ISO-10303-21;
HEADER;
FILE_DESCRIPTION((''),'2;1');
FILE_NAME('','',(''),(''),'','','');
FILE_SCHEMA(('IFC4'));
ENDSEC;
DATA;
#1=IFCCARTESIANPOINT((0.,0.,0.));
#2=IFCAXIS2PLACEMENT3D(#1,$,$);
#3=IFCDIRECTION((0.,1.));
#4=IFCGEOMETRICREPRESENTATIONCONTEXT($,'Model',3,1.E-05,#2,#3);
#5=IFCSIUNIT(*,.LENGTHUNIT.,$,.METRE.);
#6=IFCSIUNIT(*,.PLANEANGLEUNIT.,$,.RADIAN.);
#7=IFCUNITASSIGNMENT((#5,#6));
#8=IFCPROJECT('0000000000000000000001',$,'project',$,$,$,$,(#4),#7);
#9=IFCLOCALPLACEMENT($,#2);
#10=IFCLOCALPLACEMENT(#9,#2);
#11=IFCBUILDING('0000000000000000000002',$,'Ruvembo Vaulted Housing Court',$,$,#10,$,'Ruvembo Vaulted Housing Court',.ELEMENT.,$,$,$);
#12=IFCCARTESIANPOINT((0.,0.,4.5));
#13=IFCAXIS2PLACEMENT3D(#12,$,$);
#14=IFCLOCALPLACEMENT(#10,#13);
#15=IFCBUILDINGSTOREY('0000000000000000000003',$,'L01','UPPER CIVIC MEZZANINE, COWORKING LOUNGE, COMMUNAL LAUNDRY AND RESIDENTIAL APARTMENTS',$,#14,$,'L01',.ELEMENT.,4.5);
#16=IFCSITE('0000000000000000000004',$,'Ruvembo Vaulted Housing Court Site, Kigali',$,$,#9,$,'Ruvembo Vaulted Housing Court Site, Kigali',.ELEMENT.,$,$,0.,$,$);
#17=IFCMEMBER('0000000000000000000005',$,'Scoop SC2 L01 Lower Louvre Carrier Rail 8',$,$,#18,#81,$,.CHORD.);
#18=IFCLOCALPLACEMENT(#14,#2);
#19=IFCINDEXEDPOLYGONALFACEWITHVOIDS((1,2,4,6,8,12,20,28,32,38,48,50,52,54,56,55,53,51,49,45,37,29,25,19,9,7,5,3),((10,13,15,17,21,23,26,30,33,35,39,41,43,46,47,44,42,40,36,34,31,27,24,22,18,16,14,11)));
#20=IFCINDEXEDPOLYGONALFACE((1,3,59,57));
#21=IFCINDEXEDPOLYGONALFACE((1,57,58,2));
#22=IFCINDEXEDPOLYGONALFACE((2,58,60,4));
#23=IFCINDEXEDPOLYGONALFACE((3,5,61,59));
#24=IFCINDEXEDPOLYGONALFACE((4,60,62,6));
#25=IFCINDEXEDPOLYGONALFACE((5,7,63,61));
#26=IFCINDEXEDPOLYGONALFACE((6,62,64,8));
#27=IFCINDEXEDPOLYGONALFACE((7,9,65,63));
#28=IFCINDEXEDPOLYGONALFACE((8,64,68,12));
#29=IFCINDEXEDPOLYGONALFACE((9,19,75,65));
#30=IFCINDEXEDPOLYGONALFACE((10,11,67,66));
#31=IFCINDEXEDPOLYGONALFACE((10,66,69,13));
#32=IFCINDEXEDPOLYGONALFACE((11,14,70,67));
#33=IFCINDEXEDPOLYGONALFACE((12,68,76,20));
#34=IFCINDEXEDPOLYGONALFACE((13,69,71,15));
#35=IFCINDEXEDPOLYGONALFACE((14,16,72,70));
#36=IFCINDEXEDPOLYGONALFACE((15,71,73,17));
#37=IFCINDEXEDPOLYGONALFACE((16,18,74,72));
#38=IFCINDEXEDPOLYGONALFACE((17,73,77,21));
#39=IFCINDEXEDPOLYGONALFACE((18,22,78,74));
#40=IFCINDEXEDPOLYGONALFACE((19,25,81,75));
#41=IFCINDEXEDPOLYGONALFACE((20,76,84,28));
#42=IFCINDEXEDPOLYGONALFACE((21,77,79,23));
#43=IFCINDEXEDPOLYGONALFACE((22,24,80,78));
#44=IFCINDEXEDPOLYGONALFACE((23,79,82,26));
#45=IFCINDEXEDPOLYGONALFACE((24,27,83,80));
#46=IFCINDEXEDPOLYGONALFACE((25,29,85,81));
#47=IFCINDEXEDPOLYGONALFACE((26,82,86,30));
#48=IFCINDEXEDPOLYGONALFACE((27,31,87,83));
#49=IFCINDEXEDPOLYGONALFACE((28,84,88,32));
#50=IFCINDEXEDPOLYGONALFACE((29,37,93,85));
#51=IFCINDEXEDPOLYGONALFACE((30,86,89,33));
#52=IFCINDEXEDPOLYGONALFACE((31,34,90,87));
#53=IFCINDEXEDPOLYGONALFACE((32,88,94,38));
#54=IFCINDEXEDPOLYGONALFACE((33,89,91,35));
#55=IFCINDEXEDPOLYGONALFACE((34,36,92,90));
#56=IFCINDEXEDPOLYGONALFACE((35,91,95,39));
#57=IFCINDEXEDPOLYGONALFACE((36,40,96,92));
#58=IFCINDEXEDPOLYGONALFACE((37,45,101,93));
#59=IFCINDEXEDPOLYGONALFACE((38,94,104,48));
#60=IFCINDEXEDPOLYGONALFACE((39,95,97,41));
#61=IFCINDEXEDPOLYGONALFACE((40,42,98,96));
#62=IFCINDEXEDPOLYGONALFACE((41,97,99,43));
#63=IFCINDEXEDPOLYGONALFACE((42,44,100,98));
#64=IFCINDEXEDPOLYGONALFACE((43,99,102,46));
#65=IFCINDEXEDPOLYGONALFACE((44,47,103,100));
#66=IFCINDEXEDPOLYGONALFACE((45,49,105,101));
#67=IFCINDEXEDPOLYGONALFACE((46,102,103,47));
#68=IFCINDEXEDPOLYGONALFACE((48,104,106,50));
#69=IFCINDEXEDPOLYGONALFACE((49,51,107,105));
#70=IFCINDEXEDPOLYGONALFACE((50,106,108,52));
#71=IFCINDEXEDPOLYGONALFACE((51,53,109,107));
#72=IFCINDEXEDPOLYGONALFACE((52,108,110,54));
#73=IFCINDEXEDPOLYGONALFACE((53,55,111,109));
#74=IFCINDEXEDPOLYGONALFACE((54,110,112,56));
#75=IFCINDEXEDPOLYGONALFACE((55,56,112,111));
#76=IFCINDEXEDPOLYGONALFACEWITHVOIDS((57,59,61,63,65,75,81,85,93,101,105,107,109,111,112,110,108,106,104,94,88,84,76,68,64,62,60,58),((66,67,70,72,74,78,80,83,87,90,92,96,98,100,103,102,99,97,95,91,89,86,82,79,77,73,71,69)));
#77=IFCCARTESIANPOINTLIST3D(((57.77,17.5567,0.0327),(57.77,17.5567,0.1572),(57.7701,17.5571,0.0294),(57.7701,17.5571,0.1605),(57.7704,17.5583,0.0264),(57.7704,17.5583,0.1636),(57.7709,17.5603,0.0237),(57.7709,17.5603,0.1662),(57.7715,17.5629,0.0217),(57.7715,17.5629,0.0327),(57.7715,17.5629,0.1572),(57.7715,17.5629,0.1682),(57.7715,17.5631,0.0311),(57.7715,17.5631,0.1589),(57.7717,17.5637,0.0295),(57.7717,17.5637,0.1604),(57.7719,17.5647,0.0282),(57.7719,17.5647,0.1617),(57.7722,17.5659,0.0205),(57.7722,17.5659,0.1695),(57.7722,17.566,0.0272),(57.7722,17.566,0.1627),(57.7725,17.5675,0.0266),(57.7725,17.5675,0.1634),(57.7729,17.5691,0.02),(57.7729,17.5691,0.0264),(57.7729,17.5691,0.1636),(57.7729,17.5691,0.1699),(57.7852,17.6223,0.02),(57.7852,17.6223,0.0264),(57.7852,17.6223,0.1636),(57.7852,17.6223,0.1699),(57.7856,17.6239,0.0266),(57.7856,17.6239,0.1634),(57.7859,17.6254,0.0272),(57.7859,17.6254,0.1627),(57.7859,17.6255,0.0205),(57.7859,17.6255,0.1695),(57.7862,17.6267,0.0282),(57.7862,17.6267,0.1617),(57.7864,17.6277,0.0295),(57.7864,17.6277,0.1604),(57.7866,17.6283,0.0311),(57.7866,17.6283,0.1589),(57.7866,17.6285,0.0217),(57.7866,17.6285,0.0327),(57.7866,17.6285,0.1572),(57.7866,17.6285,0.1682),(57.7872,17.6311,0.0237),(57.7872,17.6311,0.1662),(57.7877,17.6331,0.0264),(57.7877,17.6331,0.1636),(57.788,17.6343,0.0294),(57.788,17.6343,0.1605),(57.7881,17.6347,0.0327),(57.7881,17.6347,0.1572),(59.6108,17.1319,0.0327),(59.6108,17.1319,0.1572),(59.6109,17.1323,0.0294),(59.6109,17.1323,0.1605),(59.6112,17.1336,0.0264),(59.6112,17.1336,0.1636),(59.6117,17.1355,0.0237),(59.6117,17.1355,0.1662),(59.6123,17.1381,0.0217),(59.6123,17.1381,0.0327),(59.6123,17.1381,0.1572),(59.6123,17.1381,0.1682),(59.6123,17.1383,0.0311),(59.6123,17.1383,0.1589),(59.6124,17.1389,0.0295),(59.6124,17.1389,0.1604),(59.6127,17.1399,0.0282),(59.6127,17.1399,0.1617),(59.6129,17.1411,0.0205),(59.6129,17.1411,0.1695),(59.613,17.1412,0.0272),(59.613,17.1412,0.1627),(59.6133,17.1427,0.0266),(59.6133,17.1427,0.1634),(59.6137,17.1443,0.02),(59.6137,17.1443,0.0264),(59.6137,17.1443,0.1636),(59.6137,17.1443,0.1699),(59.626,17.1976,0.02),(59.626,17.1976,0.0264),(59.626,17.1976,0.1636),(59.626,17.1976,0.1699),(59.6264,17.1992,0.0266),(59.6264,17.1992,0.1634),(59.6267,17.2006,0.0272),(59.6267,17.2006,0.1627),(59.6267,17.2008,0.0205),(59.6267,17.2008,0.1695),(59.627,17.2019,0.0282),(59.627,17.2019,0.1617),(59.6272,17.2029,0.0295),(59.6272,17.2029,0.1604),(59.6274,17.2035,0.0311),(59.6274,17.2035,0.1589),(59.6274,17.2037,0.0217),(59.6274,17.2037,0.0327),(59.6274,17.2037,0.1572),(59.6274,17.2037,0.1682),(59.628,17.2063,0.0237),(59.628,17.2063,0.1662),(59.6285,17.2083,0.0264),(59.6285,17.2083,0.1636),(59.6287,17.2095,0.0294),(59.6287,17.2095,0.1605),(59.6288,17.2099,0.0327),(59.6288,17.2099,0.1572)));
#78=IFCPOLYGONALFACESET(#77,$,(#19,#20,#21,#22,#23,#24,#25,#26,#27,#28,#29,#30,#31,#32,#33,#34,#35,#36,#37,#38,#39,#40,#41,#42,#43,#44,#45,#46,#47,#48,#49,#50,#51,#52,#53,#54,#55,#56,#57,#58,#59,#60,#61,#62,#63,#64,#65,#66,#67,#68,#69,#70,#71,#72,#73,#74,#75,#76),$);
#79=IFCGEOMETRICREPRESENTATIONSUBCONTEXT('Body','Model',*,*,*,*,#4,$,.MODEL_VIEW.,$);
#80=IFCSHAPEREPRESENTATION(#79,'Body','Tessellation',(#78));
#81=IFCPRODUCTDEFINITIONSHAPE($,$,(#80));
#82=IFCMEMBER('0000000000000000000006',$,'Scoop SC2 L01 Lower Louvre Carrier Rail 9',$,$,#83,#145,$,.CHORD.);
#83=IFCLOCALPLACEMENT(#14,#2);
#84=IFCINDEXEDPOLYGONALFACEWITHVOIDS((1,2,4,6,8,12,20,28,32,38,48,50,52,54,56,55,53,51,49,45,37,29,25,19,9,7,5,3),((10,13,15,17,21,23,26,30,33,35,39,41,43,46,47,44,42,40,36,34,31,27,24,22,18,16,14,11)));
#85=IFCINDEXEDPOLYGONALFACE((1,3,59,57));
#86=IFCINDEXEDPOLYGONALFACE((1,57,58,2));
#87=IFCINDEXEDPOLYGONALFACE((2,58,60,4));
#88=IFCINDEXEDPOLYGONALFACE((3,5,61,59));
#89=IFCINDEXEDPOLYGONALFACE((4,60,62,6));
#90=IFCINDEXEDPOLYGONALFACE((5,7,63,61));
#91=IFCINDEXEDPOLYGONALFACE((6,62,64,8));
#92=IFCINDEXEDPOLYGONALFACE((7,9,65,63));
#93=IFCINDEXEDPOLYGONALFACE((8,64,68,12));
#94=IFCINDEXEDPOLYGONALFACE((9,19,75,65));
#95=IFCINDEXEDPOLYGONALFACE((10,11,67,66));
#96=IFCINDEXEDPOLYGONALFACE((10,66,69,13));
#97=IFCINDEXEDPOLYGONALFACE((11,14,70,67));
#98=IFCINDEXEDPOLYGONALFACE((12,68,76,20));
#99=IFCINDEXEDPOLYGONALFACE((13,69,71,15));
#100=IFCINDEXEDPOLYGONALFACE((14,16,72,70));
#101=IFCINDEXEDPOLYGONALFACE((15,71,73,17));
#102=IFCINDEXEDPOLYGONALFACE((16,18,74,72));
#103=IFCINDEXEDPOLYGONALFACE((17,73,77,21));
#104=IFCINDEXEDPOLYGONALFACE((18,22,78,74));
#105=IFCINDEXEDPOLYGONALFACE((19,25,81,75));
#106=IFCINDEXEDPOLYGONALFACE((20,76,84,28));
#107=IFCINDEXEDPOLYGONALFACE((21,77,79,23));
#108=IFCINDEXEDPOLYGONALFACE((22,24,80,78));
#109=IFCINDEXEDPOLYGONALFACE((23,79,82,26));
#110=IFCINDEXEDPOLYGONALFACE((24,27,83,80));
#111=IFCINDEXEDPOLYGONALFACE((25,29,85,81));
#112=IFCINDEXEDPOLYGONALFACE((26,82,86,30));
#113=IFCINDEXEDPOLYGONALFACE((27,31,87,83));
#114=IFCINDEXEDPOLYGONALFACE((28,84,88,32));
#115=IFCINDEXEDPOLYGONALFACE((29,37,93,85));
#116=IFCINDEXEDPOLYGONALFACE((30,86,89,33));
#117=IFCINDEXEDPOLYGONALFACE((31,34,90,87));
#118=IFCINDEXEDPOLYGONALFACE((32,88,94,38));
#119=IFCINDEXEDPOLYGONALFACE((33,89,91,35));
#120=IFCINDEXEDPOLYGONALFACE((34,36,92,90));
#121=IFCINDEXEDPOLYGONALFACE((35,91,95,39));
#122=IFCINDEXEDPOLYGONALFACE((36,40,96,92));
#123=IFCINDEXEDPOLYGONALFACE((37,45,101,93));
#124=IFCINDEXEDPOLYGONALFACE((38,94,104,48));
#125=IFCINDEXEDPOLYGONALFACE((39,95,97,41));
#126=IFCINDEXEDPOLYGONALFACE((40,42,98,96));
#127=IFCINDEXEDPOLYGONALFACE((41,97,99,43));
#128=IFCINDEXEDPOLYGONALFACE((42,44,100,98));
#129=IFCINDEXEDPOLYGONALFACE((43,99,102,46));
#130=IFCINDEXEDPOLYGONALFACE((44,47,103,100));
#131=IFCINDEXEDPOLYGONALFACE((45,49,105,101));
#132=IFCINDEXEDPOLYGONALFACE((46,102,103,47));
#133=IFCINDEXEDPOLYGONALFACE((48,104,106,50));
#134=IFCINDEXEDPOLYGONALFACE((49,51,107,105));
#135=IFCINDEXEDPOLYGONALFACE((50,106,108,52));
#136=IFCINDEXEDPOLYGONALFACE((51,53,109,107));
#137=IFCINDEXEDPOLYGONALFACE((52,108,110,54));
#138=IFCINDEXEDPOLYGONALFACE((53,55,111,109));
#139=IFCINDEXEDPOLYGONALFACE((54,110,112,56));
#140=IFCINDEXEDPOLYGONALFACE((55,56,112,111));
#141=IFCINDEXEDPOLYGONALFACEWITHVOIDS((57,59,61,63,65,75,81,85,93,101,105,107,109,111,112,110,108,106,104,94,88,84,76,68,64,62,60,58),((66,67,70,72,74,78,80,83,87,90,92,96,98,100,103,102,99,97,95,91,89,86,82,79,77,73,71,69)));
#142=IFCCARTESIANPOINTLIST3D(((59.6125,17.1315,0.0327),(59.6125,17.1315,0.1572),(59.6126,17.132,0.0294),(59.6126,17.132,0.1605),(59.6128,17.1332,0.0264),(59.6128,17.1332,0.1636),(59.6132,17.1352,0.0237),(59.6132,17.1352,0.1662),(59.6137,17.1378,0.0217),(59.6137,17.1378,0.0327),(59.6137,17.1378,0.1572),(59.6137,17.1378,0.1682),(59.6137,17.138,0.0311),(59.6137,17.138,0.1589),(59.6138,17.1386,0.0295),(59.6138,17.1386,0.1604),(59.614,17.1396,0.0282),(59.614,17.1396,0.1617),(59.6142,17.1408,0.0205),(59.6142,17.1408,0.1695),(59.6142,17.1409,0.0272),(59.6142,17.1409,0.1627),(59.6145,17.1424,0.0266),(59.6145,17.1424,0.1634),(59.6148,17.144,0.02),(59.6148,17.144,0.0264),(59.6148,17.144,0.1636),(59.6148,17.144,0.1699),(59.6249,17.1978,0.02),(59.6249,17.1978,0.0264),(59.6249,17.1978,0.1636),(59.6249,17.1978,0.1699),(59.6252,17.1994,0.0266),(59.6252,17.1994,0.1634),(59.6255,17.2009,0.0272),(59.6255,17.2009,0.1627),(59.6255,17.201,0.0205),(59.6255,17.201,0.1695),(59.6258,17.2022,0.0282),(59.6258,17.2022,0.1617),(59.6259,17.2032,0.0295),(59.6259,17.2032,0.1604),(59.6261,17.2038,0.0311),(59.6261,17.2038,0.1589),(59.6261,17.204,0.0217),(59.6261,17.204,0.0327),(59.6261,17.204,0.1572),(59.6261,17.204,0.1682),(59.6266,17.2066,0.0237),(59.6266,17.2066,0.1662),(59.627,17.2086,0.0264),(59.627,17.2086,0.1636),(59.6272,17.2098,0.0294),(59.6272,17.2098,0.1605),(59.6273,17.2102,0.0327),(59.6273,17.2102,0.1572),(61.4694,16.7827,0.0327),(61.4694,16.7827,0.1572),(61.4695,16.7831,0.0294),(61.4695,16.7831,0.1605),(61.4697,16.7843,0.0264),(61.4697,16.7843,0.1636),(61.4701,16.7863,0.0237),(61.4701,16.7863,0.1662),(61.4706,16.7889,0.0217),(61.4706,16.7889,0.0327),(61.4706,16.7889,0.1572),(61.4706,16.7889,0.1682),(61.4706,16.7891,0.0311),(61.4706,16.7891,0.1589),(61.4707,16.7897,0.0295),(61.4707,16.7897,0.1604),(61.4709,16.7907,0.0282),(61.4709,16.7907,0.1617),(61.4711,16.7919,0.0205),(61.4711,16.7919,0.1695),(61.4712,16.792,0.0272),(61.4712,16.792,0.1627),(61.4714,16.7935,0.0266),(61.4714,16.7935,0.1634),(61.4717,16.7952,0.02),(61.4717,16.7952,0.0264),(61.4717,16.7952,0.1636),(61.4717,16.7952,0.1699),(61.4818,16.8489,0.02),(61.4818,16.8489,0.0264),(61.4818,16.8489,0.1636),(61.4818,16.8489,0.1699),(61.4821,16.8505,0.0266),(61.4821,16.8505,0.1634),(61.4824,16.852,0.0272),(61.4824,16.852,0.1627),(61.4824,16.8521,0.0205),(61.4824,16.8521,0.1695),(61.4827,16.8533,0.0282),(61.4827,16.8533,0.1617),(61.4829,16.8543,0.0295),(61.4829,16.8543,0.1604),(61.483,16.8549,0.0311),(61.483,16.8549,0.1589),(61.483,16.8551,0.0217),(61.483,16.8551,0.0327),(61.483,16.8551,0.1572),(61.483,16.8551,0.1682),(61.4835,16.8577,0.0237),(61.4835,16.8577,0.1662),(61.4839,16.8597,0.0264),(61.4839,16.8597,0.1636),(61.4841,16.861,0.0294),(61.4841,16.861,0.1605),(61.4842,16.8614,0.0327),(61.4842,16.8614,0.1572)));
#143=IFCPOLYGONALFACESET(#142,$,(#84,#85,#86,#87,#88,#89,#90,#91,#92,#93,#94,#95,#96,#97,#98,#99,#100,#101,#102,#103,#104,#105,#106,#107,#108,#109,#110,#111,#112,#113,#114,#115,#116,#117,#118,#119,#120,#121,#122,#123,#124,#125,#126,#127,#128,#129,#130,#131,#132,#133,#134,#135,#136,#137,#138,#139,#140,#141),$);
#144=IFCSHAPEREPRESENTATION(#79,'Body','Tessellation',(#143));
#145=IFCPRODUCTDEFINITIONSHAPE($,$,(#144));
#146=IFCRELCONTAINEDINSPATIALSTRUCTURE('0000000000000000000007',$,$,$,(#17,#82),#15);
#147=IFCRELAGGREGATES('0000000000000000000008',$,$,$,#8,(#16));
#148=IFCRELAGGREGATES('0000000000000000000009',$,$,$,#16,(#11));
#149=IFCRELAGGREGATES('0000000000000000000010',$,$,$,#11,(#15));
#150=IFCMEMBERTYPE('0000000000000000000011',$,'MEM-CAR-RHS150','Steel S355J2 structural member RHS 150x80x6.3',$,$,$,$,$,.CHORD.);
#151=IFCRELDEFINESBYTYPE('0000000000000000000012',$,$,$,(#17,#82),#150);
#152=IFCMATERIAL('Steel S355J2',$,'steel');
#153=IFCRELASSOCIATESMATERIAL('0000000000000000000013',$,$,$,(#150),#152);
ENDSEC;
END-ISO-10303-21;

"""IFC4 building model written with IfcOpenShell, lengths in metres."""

from ifc_helpers import new_model, si_unit, direction, frame, origin, origin_2d, place, context, subcontext, project, spatial, hollow_rectangle, extrude, material, material_profile, profile_set, type_object, element, save


model = new_model("IFC4")

# Units and contexts
model_context = context("Model", 3, precision=1e-05, world=origin(), true_north=direction((0.0, 1.0)))
body_context = subcontext(model_context, "Body", "Model", "MODEL_VIEW")
ifc_project = project(units=[si_unit("LENGTHUNIT", "METRE"), si_unit("PLANEANGLEUNIT", "RADIAN")], contexts=[model_context])

# Site, building, storey
site_placement = place(None, origin())
site = spatial("IfcSite", under=ifc_project, at=site_placement, Name="Ruvembo Vaulted Housing Court Site, Kigali", LongName="Ruvembo Vaulted Housing Court Site, Kigali", CompositionType="ELEMENT", RefElevation=0.0)
building_placement = place(site_placement, origin())
building = spatial("IfcBuilding", under=site, at=building_placement, Name="Ruvembo Vaulted Housing Court", LongName="Ruvembo Vaulted Housing Court", CompositionType="ELEMENT")
storey_placement = place(building_placement, frame((0.0, 0.0, 4.5)))
storey = spatial("IfcBuildingStorey", under=building, at=storey_placement, Name="L01", Description="UPPER CIVIC MEZZANINE, COWORKING LOUNGE, COMMUNAL LAUNDRY AND RESIDENTIAL APARTMENTS", LongName="L01", CompositionType="ELEMENT", Elevation=4.5)

# Shared definitions
ifc_material_1 = material(Name="Steel S355J2", Category="steel")

# Members
ifc_material_profile_1 = material_profile(ifc_material_1, hollow_rectangle(XDim=0.0801, YDim=0.1499, WallThickness=0.0063, InnerFilletRadius=0.0063, OuterFilletRadius=0.0127, at=origin_2d()), Name="RHS 150x80x6.3")
ifc_profile_set_1 = profile_set([ifc_material_profile_1], Name="Steel S355J2")
member_type_1 = type_object("IfcMemberType", Name="MEM-CAR-RHS150", Description="Steel S355J2 structural member RHS 150x80x6.3", PredefinedType="CHORD", material=ifc_profile_set_1)
member_1_placement = place(storey_placement, frame((57.7791, 17.5957, 0.095), z_axis=(0.974391, -0.22486, 0.0), x_axis=(0.22486, 0.974391, 0.0)))
element("IfcMember", 1, at=member_1_placement, inside=storey, type_object=member_type_1, Name="Scoop SC2 L01 Lower Louvre Carrier Rail 8", PredefinedType="CHORD", context=body_context, shape_type="SweptSolid", body=[
    extrude(hollow_rectangle(XDim=0.0801, YDim=0.1499, WallThickness=0.0063, InnerFilletRadius=0.0063, OuterFilletRadius=0.0127, at=origin_2d()), origin(), (0.0, 0.0, 1.0), 1.8892),
])
member_2_placement = place(storey_placement, frame((59.6199, 17.1709, 0.095), z_axis=(0.982805, -0.184647, 0.0), x_axis=(0.184647, 0.982805, 0.0)))
element("IfcMember", 2, at=member_2_placement, inside=storey, type_object=member_type_1, Name="Scoop SC2 L01 Lower Louvre Carrier Rail 9", PredefinedType="CHORD", context=body_context, shape_type="SweptSolid", body=[
    extrude(hollow_rectangle(XDim=0.0801, YDim=0.1499, WallThickness=0.0063, InnerFilletRadius=0.0063, OuterFilletRadius=0.0127, at=origin_2d()), origin(), (0.0, 0.0, 1.0), 1.8894),
])

save(model, "model.ifc")
